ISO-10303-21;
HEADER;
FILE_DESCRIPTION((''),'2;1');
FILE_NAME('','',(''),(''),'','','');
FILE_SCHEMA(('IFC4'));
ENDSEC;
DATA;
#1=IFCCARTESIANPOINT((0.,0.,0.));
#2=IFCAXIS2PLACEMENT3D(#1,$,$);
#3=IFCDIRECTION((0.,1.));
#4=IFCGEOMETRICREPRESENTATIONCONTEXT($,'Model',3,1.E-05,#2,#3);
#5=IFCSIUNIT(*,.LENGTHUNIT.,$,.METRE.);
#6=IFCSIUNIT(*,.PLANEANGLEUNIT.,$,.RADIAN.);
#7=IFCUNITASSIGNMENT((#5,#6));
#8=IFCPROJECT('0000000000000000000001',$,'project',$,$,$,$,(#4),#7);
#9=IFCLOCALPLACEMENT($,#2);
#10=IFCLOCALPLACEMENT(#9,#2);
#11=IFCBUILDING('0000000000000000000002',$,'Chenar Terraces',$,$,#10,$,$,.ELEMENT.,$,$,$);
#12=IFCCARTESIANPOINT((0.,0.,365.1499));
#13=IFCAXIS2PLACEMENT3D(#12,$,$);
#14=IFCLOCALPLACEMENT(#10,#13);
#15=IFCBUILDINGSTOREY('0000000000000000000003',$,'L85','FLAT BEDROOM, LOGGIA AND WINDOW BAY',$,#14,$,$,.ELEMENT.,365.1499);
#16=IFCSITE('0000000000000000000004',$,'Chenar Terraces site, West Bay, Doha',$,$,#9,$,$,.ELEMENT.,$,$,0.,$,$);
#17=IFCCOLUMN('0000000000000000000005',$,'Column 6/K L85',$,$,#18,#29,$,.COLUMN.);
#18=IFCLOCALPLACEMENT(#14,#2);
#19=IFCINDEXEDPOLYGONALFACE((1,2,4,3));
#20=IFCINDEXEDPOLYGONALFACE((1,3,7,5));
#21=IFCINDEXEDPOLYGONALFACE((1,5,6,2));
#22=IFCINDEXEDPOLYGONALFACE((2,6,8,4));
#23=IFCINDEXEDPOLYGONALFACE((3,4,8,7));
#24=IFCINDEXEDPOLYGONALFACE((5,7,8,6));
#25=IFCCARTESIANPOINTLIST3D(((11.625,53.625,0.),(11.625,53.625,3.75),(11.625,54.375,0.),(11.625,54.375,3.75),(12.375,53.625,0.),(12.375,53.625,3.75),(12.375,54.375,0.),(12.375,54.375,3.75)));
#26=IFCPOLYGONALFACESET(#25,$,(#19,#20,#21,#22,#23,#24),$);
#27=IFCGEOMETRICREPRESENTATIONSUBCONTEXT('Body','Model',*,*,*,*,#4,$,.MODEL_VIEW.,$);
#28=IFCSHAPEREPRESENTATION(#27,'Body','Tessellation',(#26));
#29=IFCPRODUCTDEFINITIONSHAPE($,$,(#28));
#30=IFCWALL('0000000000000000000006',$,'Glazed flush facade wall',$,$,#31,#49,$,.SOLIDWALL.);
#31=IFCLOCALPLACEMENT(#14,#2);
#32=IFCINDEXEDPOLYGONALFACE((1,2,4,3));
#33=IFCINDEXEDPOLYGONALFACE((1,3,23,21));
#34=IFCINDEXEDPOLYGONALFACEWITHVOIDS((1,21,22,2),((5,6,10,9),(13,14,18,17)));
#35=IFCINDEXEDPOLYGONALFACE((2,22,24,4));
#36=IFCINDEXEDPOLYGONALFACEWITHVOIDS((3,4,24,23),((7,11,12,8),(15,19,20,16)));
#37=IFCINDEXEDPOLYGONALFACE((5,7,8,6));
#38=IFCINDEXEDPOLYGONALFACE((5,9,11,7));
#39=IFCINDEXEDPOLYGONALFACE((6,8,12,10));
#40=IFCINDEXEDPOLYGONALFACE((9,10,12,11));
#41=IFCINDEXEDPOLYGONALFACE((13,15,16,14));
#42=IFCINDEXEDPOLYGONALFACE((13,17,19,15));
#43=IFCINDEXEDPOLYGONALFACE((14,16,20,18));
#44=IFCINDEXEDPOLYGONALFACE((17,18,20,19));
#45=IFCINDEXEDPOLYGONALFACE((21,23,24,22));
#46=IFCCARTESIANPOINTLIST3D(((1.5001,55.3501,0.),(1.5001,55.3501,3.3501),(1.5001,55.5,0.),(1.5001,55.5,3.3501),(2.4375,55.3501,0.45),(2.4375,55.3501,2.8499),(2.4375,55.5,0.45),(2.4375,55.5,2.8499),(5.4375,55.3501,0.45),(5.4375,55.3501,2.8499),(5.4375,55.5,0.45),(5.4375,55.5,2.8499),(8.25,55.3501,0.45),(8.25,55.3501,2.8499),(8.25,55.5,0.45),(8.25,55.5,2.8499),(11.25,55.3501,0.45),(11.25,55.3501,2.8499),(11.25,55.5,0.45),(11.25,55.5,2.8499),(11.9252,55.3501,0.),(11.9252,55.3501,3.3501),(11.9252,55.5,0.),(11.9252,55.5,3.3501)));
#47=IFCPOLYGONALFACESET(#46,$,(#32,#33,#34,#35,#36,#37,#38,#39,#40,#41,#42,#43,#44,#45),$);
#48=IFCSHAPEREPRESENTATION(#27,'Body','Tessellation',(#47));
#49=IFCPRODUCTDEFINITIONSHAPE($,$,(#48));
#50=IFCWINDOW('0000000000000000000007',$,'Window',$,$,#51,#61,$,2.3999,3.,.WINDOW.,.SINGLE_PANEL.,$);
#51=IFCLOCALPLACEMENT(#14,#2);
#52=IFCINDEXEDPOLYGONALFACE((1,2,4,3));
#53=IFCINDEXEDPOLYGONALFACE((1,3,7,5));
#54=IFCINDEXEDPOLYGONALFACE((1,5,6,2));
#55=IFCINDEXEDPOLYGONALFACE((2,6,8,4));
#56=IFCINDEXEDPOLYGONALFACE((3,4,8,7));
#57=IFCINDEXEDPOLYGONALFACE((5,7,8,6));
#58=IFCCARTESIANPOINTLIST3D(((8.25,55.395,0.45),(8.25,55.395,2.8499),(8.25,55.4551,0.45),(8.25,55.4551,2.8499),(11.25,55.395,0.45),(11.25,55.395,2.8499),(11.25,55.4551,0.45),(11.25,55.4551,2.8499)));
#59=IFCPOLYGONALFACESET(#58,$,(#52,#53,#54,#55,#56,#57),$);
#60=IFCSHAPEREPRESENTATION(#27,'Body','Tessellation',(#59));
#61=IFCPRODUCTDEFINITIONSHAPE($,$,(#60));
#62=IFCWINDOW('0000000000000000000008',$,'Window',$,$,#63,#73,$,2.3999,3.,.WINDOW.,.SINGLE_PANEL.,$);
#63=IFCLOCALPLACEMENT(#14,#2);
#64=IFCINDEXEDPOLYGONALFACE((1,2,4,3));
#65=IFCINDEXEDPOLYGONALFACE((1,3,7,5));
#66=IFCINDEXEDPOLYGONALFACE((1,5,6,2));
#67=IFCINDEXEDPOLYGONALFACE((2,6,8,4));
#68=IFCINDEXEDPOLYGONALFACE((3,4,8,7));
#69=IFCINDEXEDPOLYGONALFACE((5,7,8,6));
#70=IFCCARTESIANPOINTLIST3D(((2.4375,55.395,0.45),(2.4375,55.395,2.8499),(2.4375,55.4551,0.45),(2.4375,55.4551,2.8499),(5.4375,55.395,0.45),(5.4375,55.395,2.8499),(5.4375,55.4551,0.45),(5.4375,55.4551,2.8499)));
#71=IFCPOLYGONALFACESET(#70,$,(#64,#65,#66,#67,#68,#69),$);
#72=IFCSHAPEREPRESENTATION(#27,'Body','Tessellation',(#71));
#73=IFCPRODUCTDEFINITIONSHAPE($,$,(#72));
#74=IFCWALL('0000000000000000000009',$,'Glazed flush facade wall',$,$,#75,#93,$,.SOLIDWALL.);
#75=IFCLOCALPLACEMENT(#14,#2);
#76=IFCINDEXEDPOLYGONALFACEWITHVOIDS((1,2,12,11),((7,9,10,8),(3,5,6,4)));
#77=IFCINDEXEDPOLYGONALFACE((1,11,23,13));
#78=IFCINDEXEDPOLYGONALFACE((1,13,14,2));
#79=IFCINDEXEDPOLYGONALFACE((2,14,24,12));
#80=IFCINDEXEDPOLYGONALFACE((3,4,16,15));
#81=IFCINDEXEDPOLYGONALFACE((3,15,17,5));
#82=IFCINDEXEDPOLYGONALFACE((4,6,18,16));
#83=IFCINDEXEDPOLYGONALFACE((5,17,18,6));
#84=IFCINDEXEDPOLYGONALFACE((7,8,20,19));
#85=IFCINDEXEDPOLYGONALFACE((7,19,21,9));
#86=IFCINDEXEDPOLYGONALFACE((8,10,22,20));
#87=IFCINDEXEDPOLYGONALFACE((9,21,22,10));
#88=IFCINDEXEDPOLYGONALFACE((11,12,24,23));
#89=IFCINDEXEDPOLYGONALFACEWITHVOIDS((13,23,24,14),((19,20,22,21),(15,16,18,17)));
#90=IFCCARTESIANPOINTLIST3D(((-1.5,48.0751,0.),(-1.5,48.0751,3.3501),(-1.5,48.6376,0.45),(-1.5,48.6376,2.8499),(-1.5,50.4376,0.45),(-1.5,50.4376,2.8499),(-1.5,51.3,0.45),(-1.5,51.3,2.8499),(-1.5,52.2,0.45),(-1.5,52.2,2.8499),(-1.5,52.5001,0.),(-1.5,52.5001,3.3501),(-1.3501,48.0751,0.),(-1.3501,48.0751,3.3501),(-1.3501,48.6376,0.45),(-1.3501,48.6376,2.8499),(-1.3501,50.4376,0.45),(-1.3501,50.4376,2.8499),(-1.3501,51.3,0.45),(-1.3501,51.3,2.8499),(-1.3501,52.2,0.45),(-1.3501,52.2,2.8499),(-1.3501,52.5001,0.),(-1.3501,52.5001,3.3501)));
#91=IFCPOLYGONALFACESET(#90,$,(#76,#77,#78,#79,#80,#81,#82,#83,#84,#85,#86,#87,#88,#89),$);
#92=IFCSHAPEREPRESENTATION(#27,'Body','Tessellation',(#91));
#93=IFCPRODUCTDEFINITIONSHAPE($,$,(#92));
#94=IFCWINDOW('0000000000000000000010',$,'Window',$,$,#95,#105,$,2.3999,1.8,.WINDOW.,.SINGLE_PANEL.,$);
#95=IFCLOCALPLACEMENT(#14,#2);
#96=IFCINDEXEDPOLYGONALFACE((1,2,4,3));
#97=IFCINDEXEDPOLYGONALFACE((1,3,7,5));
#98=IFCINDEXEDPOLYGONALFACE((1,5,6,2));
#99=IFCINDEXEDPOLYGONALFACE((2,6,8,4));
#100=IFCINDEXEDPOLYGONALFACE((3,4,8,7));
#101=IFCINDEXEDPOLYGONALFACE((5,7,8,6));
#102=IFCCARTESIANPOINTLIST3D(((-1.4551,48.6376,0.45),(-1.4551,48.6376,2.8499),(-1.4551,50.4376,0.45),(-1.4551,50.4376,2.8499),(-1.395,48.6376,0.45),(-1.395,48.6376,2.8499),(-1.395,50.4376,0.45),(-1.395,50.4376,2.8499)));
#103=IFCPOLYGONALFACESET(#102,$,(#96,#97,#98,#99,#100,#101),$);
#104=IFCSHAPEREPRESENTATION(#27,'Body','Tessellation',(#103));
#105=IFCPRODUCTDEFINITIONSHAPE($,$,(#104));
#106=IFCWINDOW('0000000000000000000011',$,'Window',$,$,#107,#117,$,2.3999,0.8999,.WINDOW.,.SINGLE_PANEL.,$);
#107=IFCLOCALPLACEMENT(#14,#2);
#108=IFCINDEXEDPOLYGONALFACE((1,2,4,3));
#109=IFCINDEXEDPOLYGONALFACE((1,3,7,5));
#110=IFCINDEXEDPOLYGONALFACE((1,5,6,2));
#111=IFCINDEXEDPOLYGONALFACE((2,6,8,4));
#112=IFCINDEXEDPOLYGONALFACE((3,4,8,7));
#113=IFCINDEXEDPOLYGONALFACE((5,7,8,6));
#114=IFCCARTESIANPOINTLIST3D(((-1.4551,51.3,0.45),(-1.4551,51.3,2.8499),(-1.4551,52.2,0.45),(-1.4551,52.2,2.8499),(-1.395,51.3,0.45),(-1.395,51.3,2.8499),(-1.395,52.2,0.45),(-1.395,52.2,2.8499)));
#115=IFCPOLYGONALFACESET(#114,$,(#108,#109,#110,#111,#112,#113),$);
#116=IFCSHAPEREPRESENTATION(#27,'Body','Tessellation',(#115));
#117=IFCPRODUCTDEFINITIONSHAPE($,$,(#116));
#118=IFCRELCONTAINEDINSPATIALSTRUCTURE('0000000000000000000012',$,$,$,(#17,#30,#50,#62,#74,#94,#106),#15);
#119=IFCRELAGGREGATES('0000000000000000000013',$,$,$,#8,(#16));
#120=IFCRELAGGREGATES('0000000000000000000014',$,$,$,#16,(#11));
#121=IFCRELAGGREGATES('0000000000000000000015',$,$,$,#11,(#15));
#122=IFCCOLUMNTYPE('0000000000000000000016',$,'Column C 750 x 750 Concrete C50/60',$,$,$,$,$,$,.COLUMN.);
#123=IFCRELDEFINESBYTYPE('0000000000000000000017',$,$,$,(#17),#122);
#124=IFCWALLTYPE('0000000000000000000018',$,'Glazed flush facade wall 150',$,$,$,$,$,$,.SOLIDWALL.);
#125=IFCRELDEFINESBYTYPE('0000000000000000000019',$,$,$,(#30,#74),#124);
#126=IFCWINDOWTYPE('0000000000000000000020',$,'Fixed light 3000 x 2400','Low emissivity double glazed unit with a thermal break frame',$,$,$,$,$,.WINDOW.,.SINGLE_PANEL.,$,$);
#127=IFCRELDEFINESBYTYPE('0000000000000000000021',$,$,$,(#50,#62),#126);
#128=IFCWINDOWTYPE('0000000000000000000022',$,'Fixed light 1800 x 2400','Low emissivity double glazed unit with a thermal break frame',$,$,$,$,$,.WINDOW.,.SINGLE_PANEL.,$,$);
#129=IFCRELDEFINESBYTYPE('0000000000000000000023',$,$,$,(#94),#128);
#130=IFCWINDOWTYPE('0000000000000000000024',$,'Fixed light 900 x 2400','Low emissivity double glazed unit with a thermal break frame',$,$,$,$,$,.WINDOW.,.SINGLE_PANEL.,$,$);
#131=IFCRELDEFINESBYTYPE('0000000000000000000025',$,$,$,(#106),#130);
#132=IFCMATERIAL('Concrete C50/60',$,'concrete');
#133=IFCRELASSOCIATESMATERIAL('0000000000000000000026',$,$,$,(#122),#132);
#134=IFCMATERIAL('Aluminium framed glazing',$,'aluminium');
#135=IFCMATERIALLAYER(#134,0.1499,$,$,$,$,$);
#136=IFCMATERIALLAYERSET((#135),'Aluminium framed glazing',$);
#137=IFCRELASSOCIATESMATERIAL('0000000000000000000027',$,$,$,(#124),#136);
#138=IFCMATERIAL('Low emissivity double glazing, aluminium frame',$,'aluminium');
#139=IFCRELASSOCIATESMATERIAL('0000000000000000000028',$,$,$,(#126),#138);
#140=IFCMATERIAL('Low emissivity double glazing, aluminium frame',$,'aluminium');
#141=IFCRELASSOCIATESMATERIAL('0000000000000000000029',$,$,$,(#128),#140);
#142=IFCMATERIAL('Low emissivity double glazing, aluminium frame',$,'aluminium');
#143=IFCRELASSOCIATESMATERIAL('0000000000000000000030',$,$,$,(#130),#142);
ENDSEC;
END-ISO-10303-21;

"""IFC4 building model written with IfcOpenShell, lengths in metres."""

from ifc_helpers import new_model, si_unit, direction, frame, frame_2d, origin, origin_2d, place, context, subcontext, project, spatial, rectangle, extrude, material, layer, layer_set, material_profile, profile_set, type_object, element, fill, save


model = new_model("IFC4")

# Units and contexts
model_context = context("Model", 3, precision=1e-05, world=origin(), true_north=direction((0.0, 1.0)))
body_context = subcontext(model_context, "Body", "Model", "MODEL_VIEW")
ifc_project = project(units=[si_unit("LENGTHUNIT", "METRE"), si_unit("PLANEANGLEUNIT", "RADIAN")], contexts=[model_context])

# Site, building, storey
site_placement = place(None, origin())
site = spatial("IfcSite", under=ifc_project, at=site_placement, Name="Chenar Terraces site, West Bay, Doha", CompositionType="ELEMENT", RefElevation=0.0)
building_placement = place(site_placement, origin())
building = spatial("IfcBuilding", under=site, at=building_placement, Name="Chenar Terraces", CompositionType="ELEMENT")
storey_placement = place(building_placement, frame((0.0, 0.0, 365.1499)))
storey = spatial("IfcBuildingStorey", under=building, at=storey_placement, Name="L85", Description="FLAT BEDROOM, LOGGIA AND WINDOW BAY", CompositionType="ELEMENT", Elevation=365.1499)

# Column
ifc_material_1 = material(Name="Concrete C50/60", Category="concrete")
ifc_material_profile = material_profile(ifc_material_1, rectangle(XDim=0.75, YDim=0.75, at=origin_2d()), Name="C 750 x 750")
ifc_profile_set = profile_set([ifc_material_profile], Name="Concrete C50/60")
column_type = type_object("IfcColumnType", Name="Column C 750 x 750 Concrete C50/60", PredefinedType="COLUMN", material=ifc_profile_set)
column_placement = place(storey_placement, frame((12.0, 54.0, 0.0), z_axis=(0.0, 0.0, 1.0), x_axis=(1.0, 0.0, 0.0)))
element("IfcColumn", 1, at=column_placement, inside=storey, type_object=column_type, Name="Column 6/K L85", PredefinedType="COLUMN", context=body_context, shape_type="SweptSolid", body=[
    extrude(rectangle(XDim=0.75, YDim=0.75, at=origin_2d()), origin(), (0.0, 0.0, 1.0), 3.75),
])

# Walls, openings, windows
ifc_material_2 = material(Name="Aluminium framed glazing", Category="aluminium")
ifc_layer_1 = layer(ifc_material_2, 0.1499)
ifc_layer_set_1 = layer_set([ifc_layer_1], Name="Aluminium framed glazing")
wall_type_1 = type_object("IfcWallType", Name="Glazed flush facade wall 150", PredefinedType="SOLIDWALL", material=ifc_layer_set_1)
wall_1_placement = place(storey_placement, frame((11.925, 55.425, 0.0), z_axis=(0.0, 0.0, 1.0), x_axis=(-1.0, 0.0, 0.0)))
wall_1 = element("IfcWall", 2, at=wall_1_placement, inside=storey, type_object=wall_type_1, Name="Glazed flush facade wall", PredefinedType="SOLIDWALL", context=body_context, shape_type="SweptSolid", body=[
    extrude(rectangle(XDim=10.425, YDim=0.1499, at=frame_2d((5.2124, 0.0))), origin(), (0.0, 0.0, 1.0), 3.3501),
])
opening_1_placement = place(wall_1_placement, frame((0.675, 0.0, 0.45)))
opening_1 = element("IfcOpeningElement", 3, at=opening_1_placement, cuts=wall_1, PredefinedType="OPENING", context=body_context, shape_type="SweptSolid", body=[
    extrude(rectangle(XDim=3.0, YDim=2.3999, at=frame_2d((1.5, 1.2))), frame((0.0, 0.085, 0.0), z_axis=(0.0, -1.0, 0.0), x_axis=(1.0, 0.0, 0.0)), (0.0, 0.0, 1.0), 0.1699),
])
opening_2_placement = place(wall_1_placement, frame((6.4875, 0.0, 0.45)))
opening_2 = element("IfcOpeningElement", 4, at=opening_2_placement, cuts=wall_1, PredefinedType="OPENING", context=body_context, shape_type="SweptSolid", body=[
    extrude(rectangle(XDim=3.0, YDim=2.3999, at=frame_2d((1.5, 1.2))), frame((0.0, 0.085, 0.0), z_axis=(0.0, -1.0, 0.0), x_axis=(1.0, 0.0, 0.0)), (0.0, 0.0, 1.0), 0.1699),
])
ifc_material_3 = material(Name="Low emissivity double glazing, aluminium frame", Category="aluminium")
window_type_1 = type_object("IfcWindowType", Name="Fixed light 3000 x 2400", Description="Low emissivity double glazed unit with a thermal break frame", PartitioningType="SINGLE_PANEL", PredefinedType="WINDOW", material=ifc_material_3)
window_1_placement = place(opening_1_placement, origin())
window_1 = element("IfcWindow", 5, at=window_1_placement, inside=storey, type_object=window_type_1, Name="Window", OverallHeight=2.3999, OverallWidth=3.0, PartitioningType="SINGLE_PANEL", PredefinedType="WINDOW", context=body_context, shape_type="SweptSolid", body=[
    extrude(rectangle(XDim=3.0, YDim=2.3999, at=frame_2d((1.5, 1.2))), frame((0.0, 0.03, 0.0), z_axis=(0.0, -1.0, 0.0), x_axis=(1.0, 0.0, 0.0)), (0.0, 0.0, 1.0), 0.0601),
])
fill(opening_1, window_1)
window_2_placement = place(opening_2_placement, origin())
window_2 = element("IfcWindow", 6, at=window_2_placement, inside=storey, type_object=window_type_1, Name="Window", OverallHeight=2.3999, OverallWidth=3.0, PartitioningType="SINGLE_PANEL", PredefinedType="WINDOW", context=body_context, shape_type="SweptSolid", body=[
    extrude(rectangle(XDim=3.0, YDim=2.3999, at=frame_2d((1.5, 1.2))), frame((0.0, 0.03, 0.0), z_axis=(0.0, -1.0, 0.0), x_axis=(1.0, 0.0, 0.0)), (0.0, 0.0, 1.0), 0.0601),
])
fill(opening_2, window_2)
wall_2_placement = place(storey_placement, frame((-1.425, 52.5, 0.0), z_axis=(0.0, 0.0, 1.0), x_axis=(0.0, -1.0, 0.0)))
wall_2 = element("IfcWall", 7, at=wall_2_placement, inside=storey, type_object=wall_type_1, Name="Glazed flush facade wall", PredefinedType="SOLIDWALL", context=body_context, shape_type="SweptSolid", body=[
    extrude(rectangle(XDim=4.425, YDim=0.1499, at=frame_2d((2.2124, 0.0))), origin(), (0.0, 0.0, 1.0), 3.3501),
])
opening_3_placement = place(wall_2_placement, frame((0.3, 0.0, 0.45)))
opening_3 = element("IfcOpeningElement", 8, at=opening_3_placement, cuts=wall_2, PredefinedType="OPENING", context=body_context, shape_type="SweptSolid", body=[
    extrude(rectangle(XDim=0.8999, YDim=2.3999, at=frame_2d((0.45, 1.2))), frame((0.0, 0.085, 0.0), z_axis=(0.0, -1.0, 0.0), x_axis=(1.0, 0.0, 0.0)), (0.0, 0.0, 1.0), 0.1699),
])
opening_4_placement = place(wall_2_placement, frame((2.0625, 0.0, 0.45)))
opening_4 = element("IfcOpeningElement", 9, at=opening_4_placement, cuts=wall_2, PredefinedType="OPENING", context=body_context, shape_type="SweptSolid", body=[
    extrude(rectangle(XDim=1.8, YDim=2.3999, at=frame_2d((0.8999, 1.2))), frame((0.0, 0.085, 0.0), z_axis=(0.0, -1.0, 0.0), x_axis=(1.0, 0.0, 0.0)), (0.0, 0.0, 1.0), 0.1699),
])
ifc_material_4 = material(Name="Low emissivity double glazing, aluminium frame", Category="aluminium")
window_type_2 = type_object("IfcWindowType", Name="Fixed light 1800 x 2400", Description="Low emissivity double glazed unit with a thermal break frame", PartitioningType="SINGLE_PANEL", PredefinedType="WINDOW", material=ifc_material_4)
window_3_placement = place(opening_4_placement, origin())
window_3 = element("IfcWindow", 10, at=window_3_placement, inside=storey, type_object=window_type_2, Name="Window", OverallHeight=2.3999, OverallWidth=1.8, PartitioningType="SINGLE_PANEL", PredefinedType="WINDOW", context=body_context, shape_type="SweptSolid", body=[
    extrude(rectangle(XDim=1.8, YDim=2.3999, at=frame_2d((0.8999, 1.2))), frame((0.0, 0.03, 0.0), z_axis=(0.0, -1.0, 0.0), x_axis=(1.0, 0.0, 0.0)), (0.0, 0.0, 1.0), 0.0601),
])
fill(opening_4, window_3)
ifc_material_5 = material(Name="Low emissivity double glazing, aluminium frame", Category="aluminium")
window_type_3 = type_object("IfcWindowType", Name="Fixed light 900 x 2400", Description="Low emissivity double glazed unit with a thermal break frame", PartitioningType="SINGLE_PANEL", PredefinedType="WINDOW", material=ifc_material_5)
window_4_placement = place(opening_3_placement, origin())
window_4 = element("IfcWindow", 11, at=window_4_placement, inside=storey, type_object=window_type_3, Name="Window", OverallHeight=2.3999, OverallWidth=0.8999, PartitioningType="SINGLE_PANEL", PredefinedType="WINDOW", context=body_context, shape_type="SweptSolid", body=[
    extrude(rectangle(XDim=0.8999, YDim=2.3999, at=frame_2d((0.45, 1.2))), frame((0.0, 0.03, 0.0), z_axis=(0.0, -1.0, 0.0), x_axis=(1.0, 0.0, 0.0)), (0.0, 0.0, 1.0), 0.0601),
])
fill(opening_3, window_4)

save(model, "model.ifc")
